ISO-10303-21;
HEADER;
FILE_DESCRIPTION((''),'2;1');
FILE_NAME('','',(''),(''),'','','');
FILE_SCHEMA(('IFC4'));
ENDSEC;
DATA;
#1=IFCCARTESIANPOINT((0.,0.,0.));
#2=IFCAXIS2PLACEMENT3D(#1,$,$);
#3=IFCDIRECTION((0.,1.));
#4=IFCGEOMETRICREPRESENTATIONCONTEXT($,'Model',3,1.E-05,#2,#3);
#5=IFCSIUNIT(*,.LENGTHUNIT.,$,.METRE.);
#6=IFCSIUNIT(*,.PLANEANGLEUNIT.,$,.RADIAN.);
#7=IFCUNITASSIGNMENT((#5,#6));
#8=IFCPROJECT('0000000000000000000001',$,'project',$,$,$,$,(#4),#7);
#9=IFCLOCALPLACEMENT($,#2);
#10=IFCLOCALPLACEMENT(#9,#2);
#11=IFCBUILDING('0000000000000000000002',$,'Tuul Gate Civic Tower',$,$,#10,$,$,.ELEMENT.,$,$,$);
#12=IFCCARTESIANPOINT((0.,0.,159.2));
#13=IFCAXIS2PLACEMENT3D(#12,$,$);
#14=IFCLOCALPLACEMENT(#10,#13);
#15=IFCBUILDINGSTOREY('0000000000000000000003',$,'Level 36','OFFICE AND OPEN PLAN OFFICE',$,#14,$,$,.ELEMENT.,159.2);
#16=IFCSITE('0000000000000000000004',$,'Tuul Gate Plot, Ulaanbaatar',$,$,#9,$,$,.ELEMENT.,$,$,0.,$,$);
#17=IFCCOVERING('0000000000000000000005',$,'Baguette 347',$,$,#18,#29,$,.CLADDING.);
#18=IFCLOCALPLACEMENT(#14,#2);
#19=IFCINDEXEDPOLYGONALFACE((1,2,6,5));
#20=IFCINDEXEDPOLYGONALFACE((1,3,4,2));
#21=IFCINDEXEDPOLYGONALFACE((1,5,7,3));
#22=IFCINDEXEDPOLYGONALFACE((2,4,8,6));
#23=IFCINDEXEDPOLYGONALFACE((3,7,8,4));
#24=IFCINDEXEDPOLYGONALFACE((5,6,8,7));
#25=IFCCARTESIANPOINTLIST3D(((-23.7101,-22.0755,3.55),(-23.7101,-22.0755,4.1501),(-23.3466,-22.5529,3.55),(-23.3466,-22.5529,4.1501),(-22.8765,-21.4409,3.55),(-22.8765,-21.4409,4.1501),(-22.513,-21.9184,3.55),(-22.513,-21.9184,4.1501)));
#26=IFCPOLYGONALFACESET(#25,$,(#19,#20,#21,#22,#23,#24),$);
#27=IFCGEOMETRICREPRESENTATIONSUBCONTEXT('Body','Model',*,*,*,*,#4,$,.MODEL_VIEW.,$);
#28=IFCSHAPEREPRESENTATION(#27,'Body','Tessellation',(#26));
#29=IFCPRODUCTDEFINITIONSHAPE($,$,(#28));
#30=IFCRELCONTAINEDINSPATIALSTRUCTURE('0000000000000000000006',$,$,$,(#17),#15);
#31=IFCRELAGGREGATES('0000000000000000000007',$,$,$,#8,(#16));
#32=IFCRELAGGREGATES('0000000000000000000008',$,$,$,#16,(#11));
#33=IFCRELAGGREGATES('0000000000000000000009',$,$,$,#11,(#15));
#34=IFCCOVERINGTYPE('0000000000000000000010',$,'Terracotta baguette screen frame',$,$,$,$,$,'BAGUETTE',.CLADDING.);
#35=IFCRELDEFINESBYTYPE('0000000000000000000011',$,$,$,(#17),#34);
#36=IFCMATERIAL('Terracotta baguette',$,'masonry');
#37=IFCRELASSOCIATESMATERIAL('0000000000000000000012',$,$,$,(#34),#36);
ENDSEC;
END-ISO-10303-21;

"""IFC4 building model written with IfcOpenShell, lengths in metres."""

from ifc_helpers import new_model, si_unit, direction, frame, origin, origin_2d, place, context, subcontext, project, spatial, rectangle, extrude, material, material_profile, profile_set, type_object, element, save


model = new_model("IFC4")

# Units and contexts
model_context = context("Model", 3, precision=1e-05, world=origin(), true_north=direction((0.0, 1.0)))
body_context = subcontext(model_context, "Body", "Model", "MODEL_VIEW")
ifc_project = project(units=[si_unit("LENGTHUNIT", "METRE"), si_unit("PLANEANGLEUNIT", "RADIAN")], contexts=[model_context])

# Site, building, storey
site_placement = place(None, origin())
site = spatial("IfcSite", under=ifc_project, at=site_placement, Name="Tuul Gate Plot, Ulaanbaatar", CompositionType="ELEMENT", RefElevation=0.0)
building_placement = place(site_placement, origin())
building = spatial("IfcBuilding", under=site, at=building_placement, Name="Tuul Gate Civic Tower", CompositionType="ELEMENT")
storey_placement = place(building_placement, frame((0.0, 0.0, 159.2)))
storey = spatial("IfcBuildingStorey", under=building, at=storey_placement, Name="Level 36", Description="OFFICE AND OPEN PLAN OFFICE", CompositionType="ELEMENT", Elevation=159.2)

# Covering
ifc_material_1 = material(Name="Terracotta baguette", Category="masonry")
ifc_material_profile_1 = material_profile(ifc_material_1, rectangle(XDim=0.6001, YDim=0.6001, at=origin_2d()), Name="Terracotta baguette screen frame")
ifc_profile_set_1 = profile_set([ifc_material_profile_1], Name="Terracotta baguette")
covering_type = type_object("IfcCoveringType", Name="Terracotta baguette screen frame", ElementType="BAGUETTE", PredefinedType="CLADDING", material=ifc_profile_set_1)
covering_1_placement = place(storey_placement, frame((-23.5283, -22.3142, 3.8501), z_axis=(0.795672, 0.605727, 0.0), x_axis=(-0.605727, 0.795672, 0.0)))
element("IfcCovering", 1, at=covering_1_placement, inside=storey, type_object=covering_type, Name="Baguette 347", PredefinedType="CLADDING", context=body_context, shape_type="SweptSolid", body=[
    extrude(rectangle(XDim=0.6001, YDim=0.6001, at=origin_2d()), origin(), (0.0, 0.0, 1.0), 1.0476),
])

save(model, "model.ifc")
